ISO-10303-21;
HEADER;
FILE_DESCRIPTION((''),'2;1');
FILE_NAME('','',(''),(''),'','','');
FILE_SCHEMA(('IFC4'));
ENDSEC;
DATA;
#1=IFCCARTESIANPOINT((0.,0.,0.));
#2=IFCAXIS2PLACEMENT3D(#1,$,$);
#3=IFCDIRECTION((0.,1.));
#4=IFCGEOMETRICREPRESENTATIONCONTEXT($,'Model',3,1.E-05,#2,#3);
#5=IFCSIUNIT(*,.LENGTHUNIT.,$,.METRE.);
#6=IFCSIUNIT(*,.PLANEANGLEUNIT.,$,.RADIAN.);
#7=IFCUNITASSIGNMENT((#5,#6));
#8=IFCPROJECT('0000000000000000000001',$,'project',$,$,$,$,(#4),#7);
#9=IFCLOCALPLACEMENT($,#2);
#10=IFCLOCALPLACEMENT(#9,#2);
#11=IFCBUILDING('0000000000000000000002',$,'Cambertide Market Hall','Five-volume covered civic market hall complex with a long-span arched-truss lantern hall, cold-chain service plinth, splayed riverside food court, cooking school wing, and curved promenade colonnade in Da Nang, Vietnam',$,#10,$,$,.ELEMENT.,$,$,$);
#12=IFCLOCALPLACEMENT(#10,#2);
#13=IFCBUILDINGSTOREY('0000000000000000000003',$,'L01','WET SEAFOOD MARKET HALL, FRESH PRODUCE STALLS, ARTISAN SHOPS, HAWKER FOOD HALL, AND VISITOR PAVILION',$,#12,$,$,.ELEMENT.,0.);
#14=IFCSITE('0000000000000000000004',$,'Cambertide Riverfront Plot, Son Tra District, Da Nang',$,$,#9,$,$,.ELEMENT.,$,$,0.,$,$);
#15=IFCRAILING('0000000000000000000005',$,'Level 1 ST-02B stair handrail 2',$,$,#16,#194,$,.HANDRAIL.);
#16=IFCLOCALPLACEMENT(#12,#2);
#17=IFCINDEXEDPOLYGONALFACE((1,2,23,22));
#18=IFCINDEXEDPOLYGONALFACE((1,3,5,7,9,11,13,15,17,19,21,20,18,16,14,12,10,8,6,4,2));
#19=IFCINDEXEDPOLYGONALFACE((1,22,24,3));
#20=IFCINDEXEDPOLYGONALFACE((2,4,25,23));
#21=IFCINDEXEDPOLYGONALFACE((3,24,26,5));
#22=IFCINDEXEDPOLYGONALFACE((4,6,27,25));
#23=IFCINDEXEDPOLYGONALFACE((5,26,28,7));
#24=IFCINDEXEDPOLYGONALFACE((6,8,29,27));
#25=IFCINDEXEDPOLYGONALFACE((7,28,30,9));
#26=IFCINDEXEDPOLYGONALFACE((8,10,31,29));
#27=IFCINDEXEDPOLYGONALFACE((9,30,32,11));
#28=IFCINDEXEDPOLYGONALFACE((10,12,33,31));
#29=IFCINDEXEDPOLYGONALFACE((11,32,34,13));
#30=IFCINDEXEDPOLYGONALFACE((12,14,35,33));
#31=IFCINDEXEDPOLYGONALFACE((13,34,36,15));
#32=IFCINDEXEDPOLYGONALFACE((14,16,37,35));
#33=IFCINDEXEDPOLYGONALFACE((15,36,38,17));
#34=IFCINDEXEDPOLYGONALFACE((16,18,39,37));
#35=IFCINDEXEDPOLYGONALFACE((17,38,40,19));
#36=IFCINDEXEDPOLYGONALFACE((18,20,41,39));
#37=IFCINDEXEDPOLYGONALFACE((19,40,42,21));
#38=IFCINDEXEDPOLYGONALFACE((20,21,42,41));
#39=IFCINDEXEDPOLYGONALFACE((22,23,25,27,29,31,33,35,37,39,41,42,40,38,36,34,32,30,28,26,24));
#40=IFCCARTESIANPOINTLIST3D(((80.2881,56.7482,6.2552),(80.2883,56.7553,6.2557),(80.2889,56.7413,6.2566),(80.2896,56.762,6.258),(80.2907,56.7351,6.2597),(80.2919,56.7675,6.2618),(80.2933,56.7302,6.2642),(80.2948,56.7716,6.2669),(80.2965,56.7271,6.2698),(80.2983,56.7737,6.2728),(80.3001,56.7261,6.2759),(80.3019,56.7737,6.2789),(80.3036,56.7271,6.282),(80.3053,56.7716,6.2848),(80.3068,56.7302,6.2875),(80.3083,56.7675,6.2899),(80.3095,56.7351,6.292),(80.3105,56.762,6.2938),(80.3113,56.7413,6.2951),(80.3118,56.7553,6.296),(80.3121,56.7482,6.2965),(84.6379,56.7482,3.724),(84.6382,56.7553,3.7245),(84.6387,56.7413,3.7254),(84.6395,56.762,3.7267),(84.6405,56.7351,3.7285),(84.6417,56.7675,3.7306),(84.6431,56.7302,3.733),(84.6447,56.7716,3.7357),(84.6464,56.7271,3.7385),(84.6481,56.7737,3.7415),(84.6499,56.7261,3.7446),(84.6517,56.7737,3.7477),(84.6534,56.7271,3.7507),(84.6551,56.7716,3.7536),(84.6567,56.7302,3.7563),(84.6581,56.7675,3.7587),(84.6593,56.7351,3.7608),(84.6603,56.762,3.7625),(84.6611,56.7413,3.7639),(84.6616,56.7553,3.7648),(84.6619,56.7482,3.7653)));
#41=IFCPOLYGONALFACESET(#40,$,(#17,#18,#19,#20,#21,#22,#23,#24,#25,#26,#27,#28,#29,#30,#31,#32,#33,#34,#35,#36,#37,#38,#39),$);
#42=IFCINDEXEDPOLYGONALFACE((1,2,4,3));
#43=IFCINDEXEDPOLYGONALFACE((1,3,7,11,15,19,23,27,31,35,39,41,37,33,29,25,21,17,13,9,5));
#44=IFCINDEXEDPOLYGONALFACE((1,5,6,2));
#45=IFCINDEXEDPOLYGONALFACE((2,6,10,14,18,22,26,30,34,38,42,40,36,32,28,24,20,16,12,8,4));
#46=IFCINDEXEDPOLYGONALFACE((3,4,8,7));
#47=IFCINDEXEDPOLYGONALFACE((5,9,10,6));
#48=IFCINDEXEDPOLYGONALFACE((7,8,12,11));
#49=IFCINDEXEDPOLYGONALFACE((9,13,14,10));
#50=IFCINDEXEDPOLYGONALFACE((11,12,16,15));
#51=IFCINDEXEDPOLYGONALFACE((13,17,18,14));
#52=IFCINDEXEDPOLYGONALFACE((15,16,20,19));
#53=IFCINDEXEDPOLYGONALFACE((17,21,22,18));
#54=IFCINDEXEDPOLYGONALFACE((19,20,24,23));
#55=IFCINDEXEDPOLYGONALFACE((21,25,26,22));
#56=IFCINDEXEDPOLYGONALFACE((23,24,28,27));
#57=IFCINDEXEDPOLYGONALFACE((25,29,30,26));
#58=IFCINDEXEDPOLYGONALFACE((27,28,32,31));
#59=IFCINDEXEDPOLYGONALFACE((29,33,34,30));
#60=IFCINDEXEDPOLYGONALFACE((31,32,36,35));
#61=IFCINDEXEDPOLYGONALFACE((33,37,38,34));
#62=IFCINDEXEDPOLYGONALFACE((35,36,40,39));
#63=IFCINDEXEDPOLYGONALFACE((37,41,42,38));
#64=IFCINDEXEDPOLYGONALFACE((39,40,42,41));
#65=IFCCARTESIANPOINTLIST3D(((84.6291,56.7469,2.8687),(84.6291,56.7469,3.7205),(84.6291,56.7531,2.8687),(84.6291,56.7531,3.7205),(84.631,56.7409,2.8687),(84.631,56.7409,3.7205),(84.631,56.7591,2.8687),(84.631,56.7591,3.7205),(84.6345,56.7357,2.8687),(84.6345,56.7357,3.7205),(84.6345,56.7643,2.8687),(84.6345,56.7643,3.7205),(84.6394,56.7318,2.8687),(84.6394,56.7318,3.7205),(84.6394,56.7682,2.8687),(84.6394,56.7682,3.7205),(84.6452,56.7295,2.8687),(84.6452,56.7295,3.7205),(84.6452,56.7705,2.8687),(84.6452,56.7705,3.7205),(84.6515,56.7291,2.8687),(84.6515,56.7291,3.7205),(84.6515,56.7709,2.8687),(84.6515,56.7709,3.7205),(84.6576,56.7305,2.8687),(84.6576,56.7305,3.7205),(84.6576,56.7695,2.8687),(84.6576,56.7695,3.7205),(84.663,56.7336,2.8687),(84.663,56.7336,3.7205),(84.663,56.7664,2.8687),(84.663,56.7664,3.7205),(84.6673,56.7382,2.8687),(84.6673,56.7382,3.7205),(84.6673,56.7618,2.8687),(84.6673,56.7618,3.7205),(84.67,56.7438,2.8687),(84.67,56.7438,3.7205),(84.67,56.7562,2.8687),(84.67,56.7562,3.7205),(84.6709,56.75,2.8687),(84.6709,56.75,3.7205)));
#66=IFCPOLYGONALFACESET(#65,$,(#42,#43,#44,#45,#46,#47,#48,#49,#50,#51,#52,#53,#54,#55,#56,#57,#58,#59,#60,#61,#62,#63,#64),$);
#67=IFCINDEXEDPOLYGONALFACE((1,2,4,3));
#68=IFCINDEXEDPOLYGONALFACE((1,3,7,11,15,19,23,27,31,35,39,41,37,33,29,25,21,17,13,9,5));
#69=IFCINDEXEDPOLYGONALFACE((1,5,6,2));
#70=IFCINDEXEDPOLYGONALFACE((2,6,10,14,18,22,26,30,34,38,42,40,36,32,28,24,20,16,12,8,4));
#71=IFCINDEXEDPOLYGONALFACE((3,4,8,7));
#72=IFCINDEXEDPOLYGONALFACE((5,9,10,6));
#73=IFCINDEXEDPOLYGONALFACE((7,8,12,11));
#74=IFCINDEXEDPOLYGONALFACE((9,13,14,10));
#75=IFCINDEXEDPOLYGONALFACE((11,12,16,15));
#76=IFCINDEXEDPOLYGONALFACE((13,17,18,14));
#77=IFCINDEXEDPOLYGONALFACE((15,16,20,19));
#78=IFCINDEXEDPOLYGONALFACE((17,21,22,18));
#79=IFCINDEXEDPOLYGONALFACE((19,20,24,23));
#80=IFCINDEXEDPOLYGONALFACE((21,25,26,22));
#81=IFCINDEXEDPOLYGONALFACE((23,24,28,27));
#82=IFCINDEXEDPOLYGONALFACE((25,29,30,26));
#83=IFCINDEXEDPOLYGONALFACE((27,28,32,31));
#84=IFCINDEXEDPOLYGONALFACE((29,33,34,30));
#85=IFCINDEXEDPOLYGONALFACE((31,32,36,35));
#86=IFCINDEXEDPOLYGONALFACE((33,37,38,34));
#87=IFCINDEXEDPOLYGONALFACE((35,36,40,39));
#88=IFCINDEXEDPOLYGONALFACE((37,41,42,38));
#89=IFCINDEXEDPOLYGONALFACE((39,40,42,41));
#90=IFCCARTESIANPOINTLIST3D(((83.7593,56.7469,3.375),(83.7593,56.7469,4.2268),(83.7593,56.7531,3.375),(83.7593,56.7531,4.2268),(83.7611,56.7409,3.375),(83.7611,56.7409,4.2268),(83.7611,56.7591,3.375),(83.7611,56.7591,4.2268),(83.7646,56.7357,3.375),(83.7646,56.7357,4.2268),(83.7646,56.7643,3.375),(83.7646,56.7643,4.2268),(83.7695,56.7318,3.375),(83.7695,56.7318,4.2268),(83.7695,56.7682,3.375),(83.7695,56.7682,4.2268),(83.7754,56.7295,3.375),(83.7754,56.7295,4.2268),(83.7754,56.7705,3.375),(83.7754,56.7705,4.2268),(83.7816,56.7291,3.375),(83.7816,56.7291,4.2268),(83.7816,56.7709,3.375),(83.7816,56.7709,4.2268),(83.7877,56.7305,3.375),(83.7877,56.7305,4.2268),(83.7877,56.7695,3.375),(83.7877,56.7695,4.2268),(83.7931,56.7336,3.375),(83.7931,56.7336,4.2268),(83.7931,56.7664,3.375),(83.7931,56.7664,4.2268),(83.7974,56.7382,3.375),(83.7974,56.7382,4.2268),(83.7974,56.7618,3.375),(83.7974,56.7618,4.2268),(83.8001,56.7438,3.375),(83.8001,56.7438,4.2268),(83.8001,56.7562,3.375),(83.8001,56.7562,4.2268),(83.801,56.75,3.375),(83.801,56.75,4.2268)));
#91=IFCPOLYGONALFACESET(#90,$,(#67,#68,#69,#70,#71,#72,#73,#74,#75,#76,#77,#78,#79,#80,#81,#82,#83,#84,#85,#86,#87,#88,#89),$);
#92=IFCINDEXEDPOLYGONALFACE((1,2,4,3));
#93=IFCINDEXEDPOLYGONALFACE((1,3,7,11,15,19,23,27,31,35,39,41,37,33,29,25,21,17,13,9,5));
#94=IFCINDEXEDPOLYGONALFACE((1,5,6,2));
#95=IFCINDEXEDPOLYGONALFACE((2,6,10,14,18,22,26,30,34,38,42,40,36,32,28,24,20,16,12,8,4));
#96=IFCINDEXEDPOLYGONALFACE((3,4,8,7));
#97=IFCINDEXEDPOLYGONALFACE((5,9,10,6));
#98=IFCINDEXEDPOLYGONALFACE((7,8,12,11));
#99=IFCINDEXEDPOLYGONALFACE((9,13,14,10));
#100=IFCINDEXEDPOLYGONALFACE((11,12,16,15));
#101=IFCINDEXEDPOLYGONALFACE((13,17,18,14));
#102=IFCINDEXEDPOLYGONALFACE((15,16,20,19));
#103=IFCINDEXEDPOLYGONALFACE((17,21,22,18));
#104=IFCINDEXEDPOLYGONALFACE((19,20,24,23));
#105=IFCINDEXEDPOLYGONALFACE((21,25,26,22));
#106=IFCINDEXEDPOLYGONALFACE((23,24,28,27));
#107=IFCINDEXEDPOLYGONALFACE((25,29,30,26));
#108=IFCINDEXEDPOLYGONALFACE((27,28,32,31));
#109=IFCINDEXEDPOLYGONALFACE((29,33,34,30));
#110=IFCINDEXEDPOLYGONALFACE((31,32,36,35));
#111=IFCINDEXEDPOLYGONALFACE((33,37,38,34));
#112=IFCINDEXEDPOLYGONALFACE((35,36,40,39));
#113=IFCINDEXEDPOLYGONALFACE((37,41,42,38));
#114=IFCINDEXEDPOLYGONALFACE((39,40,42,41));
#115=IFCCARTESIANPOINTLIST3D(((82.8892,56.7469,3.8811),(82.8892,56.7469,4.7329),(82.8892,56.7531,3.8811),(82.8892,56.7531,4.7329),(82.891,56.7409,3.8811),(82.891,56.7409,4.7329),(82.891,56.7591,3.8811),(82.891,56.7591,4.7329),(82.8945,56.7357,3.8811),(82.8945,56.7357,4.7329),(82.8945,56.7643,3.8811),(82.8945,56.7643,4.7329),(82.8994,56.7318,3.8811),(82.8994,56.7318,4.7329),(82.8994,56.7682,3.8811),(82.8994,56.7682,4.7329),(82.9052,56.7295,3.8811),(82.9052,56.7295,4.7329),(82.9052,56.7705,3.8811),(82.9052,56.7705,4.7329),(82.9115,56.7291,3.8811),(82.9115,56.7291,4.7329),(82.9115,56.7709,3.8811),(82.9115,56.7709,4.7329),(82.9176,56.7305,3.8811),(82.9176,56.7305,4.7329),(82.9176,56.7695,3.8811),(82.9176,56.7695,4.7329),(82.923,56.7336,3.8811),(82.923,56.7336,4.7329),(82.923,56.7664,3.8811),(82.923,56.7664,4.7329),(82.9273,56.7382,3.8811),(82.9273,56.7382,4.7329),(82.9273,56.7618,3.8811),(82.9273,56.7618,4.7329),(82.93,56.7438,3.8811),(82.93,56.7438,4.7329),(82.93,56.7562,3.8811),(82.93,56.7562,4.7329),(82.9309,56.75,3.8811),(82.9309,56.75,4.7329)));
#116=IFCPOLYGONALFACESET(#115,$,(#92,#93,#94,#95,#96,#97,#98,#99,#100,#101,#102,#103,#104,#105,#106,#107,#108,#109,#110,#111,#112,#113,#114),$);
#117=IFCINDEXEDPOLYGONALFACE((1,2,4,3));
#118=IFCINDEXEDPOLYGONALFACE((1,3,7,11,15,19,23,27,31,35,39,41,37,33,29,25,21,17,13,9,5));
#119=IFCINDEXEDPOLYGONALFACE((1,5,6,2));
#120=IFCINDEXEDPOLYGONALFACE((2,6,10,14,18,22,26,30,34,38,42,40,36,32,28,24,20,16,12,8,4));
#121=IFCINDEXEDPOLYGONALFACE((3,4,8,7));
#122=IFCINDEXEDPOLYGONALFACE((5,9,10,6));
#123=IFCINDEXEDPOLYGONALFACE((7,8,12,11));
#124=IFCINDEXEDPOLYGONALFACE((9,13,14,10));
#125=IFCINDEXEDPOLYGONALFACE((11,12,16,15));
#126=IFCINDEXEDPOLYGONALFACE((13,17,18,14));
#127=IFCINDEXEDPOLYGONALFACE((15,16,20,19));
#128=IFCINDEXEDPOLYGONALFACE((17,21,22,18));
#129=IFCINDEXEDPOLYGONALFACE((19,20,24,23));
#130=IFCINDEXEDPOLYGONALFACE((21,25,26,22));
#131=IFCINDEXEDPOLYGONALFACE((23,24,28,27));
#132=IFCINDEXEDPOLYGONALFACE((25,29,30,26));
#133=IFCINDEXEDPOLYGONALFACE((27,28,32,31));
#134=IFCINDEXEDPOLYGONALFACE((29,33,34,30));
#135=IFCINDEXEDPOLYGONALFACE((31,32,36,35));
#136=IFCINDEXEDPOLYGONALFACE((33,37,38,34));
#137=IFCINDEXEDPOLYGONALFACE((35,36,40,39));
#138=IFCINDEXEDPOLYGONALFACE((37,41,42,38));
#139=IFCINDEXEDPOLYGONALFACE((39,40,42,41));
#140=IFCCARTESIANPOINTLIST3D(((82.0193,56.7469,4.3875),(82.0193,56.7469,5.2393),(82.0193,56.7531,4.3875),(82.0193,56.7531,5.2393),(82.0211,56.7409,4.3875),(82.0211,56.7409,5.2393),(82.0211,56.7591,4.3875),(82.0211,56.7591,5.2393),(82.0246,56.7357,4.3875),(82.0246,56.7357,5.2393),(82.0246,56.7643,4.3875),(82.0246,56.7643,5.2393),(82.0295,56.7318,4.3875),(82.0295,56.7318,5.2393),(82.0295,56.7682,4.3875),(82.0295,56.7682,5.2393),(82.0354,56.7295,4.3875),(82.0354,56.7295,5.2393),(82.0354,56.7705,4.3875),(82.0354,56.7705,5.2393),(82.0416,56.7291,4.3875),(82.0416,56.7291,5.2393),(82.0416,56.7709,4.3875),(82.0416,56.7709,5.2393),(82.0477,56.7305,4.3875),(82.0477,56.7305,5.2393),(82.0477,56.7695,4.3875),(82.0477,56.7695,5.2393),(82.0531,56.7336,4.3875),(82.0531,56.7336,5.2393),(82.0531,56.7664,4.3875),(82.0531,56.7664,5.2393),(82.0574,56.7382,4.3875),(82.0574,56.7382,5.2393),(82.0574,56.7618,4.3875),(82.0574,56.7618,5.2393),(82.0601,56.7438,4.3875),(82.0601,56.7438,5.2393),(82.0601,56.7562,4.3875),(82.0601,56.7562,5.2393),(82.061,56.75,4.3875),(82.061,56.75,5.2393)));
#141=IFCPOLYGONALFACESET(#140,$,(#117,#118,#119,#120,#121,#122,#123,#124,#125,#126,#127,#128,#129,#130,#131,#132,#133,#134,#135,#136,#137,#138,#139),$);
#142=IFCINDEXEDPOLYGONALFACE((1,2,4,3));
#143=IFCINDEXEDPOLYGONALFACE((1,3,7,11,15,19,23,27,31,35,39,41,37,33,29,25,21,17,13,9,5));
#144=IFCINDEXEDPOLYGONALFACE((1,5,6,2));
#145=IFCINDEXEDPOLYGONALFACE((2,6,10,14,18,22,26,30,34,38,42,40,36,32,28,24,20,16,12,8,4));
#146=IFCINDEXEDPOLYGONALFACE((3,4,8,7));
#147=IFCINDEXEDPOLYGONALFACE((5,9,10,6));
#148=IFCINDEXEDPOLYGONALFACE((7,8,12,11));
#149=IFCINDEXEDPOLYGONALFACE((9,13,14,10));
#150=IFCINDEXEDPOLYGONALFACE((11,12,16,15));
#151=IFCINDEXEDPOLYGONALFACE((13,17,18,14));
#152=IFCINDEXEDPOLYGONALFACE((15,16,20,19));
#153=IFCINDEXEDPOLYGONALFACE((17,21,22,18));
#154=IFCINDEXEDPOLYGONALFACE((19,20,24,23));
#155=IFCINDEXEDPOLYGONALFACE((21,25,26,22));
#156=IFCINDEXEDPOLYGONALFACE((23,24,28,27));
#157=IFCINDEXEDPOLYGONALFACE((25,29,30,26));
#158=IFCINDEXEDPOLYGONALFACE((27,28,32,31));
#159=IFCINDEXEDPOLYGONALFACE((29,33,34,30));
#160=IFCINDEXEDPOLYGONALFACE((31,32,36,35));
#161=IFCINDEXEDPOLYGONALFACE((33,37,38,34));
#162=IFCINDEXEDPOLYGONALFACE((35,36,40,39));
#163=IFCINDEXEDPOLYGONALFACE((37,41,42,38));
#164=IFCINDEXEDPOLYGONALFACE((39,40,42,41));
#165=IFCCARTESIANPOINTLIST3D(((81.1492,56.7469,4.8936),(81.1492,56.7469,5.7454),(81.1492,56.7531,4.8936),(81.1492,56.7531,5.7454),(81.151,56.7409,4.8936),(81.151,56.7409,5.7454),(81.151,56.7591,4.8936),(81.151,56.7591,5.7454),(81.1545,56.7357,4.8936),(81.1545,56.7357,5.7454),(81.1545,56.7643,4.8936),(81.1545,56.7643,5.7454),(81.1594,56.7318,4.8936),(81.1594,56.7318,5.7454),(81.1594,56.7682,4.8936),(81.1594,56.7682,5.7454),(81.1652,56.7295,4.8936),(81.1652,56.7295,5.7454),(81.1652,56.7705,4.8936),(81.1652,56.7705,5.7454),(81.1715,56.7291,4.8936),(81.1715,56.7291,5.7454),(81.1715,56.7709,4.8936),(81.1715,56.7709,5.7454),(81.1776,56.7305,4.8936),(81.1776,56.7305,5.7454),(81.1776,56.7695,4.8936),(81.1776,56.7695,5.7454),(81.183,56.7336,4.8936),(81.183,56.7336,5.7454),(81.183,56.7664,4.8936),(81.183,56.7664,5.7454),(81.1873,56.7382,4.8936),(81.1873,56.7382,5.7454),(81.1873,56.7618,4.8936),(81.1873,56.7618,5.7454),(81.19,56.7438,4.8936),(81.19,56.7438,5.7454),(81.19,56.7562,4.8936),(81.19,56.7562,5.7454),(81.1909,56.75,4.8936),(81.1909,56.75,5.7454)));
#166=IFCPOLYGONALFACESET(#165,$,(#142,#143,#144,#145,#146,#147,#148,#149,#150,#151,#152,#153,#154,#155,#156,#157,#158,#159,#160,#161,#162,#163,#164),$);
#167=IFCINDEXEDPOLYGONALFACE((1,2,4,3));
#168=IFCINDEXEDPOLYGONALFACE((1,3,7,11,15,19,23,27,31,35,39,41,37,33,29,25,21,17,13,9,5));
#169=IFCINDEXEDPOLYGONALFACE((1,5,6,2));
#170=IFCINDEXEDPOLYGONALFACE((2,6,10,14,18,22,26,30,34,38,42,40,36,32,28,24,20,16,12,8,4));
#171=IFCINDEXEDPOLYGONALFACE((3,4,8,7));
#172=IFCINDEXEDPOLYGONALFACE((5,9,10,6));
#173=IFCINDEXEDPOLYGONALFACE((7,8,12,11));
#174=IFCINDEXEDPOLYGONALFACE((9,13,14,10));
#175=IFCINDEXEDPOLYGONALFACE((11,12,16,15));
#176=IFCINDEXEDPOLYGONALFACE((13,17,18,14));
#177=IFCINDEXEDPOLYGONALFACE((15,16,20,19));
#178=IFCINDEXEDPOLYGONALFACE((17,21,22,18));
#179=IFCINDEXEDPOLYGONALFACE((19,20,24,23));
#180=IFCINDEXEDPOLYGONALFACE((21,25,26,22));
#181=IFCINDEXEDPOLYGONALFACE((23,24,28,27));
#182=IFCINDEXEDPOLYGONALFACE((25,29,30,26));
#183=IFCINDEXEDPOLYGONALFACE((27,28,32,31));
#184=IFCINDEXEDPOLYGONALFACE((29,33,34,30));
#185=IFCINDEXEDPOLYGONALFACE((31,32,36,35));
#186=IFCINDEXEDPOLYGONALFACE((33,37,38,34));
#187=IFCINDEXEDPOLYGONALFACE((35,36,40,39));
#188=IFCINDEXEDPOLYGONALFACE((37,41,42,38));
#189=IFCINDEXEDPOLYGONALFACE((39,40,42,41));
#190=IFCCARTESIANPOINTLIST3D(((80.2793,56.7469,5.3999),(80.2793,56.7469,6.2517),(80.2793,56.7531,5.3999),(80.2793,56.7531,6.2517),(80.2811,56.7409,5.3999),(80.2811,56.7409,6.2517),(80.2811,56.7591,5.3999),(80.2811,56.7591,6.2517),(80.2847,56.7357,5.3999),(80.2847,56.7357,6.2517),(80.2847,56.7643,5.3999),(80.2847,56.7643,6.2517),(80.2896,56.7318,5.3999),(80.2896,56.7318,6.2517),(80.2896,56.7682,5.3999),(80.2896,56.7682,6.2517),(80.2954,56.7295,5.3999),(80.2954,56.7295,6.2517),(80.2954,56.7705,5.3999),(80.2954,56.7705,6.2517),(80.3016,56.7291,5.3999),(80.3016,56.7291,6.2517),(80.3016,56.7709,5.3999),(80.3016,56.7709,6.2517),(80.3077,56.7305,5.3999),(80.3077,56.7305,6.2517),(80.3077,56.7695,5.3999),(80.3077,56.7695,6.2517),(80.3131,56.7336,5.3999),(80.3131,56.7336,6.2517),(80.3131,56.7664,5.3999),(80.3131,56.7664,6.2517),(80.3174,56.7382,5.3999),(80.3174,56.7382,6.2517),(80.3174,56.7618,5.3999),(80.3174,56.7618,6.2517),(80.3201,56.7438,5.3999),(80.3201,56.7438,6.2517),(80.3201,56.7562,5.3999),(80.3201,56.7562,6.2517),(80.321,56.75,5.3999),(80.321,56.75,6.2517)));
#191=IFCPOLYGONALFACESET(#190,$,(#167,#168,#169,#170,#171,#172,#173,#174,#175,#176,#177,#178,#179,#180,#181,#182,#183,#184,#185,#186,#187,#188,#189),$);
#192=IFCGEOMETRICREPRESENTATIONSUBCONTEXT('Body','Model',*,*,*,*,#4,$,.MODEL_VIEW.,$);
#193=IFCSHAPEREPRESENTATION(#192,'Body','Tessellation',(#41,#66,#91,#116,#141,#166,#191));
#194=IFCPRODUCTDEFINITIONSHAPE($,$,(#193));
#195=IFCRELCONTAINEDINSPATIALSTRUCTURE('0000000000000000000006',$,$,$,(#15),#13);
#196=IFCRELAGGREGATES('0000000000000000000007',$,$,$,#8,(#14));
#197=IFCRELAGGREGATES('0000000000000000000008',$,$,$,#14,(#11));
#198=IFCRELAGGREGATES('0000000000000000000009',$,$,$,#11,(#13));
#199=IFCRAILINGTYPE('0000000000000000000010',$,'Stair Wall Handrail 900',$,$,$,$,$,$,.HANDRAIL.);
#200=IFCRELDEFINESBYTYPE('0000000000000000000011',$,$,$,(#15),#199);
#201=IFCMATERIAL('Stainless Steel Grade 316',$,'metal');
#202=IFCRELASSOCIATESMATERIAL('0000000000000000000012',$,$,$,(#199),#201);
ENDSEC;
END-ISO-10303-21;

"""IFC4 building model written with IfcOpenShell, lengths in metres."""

from ifc_helpers import new_model, si_unit, direction, frame, origin, origin_2d, place, context, subcontext, project, spatial, circle, extrude, material, type_object, element, save


model = new_model("IFC4")

# Units and contexts
model_context = context("Model", 3, precision=1e-05, world=origin(), true_north=direction((0.0, 1.0)))
body_context = subcontext(model_context, "Body", "Model", "MODEL_VIEW")
ifc_project = project(units=[si_unit("LENGTHUNIT", "METRE"), si_unit("PLANEANGLEUNIT", "RADIAN")], contexts=[model_context])

# Site, building, storey
site_placement = place(None, origin())
site = spatial("IfcSite", under=ifc_project, at=site_placement, Name="Cambertide Riverfront Plot, Son Tra District, Da Nang", CompositionType="ELEMENT", RefElevation=0.0)
building_placement = place(site_placement, origin())
building = spatial("IfcBuilding", under=site, at=building_placement, Name="Cambertide Market Hall", Description="Five-volume covered civic market hall complex with a long-span arched-truss lantern hall, cold-chain service plinth, splayed riverside food court, cooking school wing, and curved promenade colonnade in Da Nang, Vietnam", CompositionType="ELEMENT")
storey_placement = place(building_placement, origin())
storey = spatial("IfcBuildingStorey", under=building, at=storey_placement, Name="L01", Description="WET SEAFOOD MARKET HALL, FRESH PRODUCE STALLS, ARTISAN SHOPS, HAWKER FOOD HALL, AND VISITOR PAVILION", CompositionType="ELEMENT", Elevation=0.0)

# Railing
ifc_material_1 = material(Name="Stainless Steel Grade 316", Category="metal")
railing_type_1 = type_object("IfcRailingType", Name="Stair Wall Handrail 900", PredefinedType="HANDRAIL", material=ifc_material_1)
railing_1_placement = place(storey_placement, frame((84.6499, 56.75, 2.8687)))
element("IfcRailing", 1, at=railing_1_placement, inside=storey, type_object=railing_type_1, Name="Level 1 ST-02B stair handrail 2", PredefinedType="HANDRAIL", context=body_context, shape_type="SweptSolid", body=[
    extrude(circle(Radius=0.0239, at=origin_2d()), frame((0.0, 0.0, 0.876), z_axis=(-0.864312, 0.0, 0.502957), x_axis=(0.0, -1.0, 0.0)), (0.0, 0.0, 1.0), 5.0327),
    extrude(circle(Radius=0.021, at=origin_2d()), origin(), (0.0, 0.0, 1.0), 0.8518),
    extrude(circle(Radius=0.021, at=origin_2d()), frame((-0.8699, 0.0, 0.5063)), (0.0, 0.0, 1.0), 0.8518),
    extrude(circle(Radius=0.021, at=origin_2d()), frame((-1.74, 0.0, 1.0125)), (0.0, 0.0, 1.0), 0.8518),
    extrude(circle(Radius=0.021, at=origin_2d()), frame((-2.6099, 0.0, 1.5188)), (0.0, 0.0, 1.0), 0.8518),
    extrude(circle(Radius=0.021, at=origin_2d()), frame((-3.48, 0.0, 2.0249)), (0.0, 0.0, 1.0), 0.8518),
    extrude(circle(Radius=0.021, at=origin_2d()), frame((-4.3499, 0.0, 2.5312)), (0.0, 0.0, 1.0), 0.8518),
])

save(model, "model.ifc")
